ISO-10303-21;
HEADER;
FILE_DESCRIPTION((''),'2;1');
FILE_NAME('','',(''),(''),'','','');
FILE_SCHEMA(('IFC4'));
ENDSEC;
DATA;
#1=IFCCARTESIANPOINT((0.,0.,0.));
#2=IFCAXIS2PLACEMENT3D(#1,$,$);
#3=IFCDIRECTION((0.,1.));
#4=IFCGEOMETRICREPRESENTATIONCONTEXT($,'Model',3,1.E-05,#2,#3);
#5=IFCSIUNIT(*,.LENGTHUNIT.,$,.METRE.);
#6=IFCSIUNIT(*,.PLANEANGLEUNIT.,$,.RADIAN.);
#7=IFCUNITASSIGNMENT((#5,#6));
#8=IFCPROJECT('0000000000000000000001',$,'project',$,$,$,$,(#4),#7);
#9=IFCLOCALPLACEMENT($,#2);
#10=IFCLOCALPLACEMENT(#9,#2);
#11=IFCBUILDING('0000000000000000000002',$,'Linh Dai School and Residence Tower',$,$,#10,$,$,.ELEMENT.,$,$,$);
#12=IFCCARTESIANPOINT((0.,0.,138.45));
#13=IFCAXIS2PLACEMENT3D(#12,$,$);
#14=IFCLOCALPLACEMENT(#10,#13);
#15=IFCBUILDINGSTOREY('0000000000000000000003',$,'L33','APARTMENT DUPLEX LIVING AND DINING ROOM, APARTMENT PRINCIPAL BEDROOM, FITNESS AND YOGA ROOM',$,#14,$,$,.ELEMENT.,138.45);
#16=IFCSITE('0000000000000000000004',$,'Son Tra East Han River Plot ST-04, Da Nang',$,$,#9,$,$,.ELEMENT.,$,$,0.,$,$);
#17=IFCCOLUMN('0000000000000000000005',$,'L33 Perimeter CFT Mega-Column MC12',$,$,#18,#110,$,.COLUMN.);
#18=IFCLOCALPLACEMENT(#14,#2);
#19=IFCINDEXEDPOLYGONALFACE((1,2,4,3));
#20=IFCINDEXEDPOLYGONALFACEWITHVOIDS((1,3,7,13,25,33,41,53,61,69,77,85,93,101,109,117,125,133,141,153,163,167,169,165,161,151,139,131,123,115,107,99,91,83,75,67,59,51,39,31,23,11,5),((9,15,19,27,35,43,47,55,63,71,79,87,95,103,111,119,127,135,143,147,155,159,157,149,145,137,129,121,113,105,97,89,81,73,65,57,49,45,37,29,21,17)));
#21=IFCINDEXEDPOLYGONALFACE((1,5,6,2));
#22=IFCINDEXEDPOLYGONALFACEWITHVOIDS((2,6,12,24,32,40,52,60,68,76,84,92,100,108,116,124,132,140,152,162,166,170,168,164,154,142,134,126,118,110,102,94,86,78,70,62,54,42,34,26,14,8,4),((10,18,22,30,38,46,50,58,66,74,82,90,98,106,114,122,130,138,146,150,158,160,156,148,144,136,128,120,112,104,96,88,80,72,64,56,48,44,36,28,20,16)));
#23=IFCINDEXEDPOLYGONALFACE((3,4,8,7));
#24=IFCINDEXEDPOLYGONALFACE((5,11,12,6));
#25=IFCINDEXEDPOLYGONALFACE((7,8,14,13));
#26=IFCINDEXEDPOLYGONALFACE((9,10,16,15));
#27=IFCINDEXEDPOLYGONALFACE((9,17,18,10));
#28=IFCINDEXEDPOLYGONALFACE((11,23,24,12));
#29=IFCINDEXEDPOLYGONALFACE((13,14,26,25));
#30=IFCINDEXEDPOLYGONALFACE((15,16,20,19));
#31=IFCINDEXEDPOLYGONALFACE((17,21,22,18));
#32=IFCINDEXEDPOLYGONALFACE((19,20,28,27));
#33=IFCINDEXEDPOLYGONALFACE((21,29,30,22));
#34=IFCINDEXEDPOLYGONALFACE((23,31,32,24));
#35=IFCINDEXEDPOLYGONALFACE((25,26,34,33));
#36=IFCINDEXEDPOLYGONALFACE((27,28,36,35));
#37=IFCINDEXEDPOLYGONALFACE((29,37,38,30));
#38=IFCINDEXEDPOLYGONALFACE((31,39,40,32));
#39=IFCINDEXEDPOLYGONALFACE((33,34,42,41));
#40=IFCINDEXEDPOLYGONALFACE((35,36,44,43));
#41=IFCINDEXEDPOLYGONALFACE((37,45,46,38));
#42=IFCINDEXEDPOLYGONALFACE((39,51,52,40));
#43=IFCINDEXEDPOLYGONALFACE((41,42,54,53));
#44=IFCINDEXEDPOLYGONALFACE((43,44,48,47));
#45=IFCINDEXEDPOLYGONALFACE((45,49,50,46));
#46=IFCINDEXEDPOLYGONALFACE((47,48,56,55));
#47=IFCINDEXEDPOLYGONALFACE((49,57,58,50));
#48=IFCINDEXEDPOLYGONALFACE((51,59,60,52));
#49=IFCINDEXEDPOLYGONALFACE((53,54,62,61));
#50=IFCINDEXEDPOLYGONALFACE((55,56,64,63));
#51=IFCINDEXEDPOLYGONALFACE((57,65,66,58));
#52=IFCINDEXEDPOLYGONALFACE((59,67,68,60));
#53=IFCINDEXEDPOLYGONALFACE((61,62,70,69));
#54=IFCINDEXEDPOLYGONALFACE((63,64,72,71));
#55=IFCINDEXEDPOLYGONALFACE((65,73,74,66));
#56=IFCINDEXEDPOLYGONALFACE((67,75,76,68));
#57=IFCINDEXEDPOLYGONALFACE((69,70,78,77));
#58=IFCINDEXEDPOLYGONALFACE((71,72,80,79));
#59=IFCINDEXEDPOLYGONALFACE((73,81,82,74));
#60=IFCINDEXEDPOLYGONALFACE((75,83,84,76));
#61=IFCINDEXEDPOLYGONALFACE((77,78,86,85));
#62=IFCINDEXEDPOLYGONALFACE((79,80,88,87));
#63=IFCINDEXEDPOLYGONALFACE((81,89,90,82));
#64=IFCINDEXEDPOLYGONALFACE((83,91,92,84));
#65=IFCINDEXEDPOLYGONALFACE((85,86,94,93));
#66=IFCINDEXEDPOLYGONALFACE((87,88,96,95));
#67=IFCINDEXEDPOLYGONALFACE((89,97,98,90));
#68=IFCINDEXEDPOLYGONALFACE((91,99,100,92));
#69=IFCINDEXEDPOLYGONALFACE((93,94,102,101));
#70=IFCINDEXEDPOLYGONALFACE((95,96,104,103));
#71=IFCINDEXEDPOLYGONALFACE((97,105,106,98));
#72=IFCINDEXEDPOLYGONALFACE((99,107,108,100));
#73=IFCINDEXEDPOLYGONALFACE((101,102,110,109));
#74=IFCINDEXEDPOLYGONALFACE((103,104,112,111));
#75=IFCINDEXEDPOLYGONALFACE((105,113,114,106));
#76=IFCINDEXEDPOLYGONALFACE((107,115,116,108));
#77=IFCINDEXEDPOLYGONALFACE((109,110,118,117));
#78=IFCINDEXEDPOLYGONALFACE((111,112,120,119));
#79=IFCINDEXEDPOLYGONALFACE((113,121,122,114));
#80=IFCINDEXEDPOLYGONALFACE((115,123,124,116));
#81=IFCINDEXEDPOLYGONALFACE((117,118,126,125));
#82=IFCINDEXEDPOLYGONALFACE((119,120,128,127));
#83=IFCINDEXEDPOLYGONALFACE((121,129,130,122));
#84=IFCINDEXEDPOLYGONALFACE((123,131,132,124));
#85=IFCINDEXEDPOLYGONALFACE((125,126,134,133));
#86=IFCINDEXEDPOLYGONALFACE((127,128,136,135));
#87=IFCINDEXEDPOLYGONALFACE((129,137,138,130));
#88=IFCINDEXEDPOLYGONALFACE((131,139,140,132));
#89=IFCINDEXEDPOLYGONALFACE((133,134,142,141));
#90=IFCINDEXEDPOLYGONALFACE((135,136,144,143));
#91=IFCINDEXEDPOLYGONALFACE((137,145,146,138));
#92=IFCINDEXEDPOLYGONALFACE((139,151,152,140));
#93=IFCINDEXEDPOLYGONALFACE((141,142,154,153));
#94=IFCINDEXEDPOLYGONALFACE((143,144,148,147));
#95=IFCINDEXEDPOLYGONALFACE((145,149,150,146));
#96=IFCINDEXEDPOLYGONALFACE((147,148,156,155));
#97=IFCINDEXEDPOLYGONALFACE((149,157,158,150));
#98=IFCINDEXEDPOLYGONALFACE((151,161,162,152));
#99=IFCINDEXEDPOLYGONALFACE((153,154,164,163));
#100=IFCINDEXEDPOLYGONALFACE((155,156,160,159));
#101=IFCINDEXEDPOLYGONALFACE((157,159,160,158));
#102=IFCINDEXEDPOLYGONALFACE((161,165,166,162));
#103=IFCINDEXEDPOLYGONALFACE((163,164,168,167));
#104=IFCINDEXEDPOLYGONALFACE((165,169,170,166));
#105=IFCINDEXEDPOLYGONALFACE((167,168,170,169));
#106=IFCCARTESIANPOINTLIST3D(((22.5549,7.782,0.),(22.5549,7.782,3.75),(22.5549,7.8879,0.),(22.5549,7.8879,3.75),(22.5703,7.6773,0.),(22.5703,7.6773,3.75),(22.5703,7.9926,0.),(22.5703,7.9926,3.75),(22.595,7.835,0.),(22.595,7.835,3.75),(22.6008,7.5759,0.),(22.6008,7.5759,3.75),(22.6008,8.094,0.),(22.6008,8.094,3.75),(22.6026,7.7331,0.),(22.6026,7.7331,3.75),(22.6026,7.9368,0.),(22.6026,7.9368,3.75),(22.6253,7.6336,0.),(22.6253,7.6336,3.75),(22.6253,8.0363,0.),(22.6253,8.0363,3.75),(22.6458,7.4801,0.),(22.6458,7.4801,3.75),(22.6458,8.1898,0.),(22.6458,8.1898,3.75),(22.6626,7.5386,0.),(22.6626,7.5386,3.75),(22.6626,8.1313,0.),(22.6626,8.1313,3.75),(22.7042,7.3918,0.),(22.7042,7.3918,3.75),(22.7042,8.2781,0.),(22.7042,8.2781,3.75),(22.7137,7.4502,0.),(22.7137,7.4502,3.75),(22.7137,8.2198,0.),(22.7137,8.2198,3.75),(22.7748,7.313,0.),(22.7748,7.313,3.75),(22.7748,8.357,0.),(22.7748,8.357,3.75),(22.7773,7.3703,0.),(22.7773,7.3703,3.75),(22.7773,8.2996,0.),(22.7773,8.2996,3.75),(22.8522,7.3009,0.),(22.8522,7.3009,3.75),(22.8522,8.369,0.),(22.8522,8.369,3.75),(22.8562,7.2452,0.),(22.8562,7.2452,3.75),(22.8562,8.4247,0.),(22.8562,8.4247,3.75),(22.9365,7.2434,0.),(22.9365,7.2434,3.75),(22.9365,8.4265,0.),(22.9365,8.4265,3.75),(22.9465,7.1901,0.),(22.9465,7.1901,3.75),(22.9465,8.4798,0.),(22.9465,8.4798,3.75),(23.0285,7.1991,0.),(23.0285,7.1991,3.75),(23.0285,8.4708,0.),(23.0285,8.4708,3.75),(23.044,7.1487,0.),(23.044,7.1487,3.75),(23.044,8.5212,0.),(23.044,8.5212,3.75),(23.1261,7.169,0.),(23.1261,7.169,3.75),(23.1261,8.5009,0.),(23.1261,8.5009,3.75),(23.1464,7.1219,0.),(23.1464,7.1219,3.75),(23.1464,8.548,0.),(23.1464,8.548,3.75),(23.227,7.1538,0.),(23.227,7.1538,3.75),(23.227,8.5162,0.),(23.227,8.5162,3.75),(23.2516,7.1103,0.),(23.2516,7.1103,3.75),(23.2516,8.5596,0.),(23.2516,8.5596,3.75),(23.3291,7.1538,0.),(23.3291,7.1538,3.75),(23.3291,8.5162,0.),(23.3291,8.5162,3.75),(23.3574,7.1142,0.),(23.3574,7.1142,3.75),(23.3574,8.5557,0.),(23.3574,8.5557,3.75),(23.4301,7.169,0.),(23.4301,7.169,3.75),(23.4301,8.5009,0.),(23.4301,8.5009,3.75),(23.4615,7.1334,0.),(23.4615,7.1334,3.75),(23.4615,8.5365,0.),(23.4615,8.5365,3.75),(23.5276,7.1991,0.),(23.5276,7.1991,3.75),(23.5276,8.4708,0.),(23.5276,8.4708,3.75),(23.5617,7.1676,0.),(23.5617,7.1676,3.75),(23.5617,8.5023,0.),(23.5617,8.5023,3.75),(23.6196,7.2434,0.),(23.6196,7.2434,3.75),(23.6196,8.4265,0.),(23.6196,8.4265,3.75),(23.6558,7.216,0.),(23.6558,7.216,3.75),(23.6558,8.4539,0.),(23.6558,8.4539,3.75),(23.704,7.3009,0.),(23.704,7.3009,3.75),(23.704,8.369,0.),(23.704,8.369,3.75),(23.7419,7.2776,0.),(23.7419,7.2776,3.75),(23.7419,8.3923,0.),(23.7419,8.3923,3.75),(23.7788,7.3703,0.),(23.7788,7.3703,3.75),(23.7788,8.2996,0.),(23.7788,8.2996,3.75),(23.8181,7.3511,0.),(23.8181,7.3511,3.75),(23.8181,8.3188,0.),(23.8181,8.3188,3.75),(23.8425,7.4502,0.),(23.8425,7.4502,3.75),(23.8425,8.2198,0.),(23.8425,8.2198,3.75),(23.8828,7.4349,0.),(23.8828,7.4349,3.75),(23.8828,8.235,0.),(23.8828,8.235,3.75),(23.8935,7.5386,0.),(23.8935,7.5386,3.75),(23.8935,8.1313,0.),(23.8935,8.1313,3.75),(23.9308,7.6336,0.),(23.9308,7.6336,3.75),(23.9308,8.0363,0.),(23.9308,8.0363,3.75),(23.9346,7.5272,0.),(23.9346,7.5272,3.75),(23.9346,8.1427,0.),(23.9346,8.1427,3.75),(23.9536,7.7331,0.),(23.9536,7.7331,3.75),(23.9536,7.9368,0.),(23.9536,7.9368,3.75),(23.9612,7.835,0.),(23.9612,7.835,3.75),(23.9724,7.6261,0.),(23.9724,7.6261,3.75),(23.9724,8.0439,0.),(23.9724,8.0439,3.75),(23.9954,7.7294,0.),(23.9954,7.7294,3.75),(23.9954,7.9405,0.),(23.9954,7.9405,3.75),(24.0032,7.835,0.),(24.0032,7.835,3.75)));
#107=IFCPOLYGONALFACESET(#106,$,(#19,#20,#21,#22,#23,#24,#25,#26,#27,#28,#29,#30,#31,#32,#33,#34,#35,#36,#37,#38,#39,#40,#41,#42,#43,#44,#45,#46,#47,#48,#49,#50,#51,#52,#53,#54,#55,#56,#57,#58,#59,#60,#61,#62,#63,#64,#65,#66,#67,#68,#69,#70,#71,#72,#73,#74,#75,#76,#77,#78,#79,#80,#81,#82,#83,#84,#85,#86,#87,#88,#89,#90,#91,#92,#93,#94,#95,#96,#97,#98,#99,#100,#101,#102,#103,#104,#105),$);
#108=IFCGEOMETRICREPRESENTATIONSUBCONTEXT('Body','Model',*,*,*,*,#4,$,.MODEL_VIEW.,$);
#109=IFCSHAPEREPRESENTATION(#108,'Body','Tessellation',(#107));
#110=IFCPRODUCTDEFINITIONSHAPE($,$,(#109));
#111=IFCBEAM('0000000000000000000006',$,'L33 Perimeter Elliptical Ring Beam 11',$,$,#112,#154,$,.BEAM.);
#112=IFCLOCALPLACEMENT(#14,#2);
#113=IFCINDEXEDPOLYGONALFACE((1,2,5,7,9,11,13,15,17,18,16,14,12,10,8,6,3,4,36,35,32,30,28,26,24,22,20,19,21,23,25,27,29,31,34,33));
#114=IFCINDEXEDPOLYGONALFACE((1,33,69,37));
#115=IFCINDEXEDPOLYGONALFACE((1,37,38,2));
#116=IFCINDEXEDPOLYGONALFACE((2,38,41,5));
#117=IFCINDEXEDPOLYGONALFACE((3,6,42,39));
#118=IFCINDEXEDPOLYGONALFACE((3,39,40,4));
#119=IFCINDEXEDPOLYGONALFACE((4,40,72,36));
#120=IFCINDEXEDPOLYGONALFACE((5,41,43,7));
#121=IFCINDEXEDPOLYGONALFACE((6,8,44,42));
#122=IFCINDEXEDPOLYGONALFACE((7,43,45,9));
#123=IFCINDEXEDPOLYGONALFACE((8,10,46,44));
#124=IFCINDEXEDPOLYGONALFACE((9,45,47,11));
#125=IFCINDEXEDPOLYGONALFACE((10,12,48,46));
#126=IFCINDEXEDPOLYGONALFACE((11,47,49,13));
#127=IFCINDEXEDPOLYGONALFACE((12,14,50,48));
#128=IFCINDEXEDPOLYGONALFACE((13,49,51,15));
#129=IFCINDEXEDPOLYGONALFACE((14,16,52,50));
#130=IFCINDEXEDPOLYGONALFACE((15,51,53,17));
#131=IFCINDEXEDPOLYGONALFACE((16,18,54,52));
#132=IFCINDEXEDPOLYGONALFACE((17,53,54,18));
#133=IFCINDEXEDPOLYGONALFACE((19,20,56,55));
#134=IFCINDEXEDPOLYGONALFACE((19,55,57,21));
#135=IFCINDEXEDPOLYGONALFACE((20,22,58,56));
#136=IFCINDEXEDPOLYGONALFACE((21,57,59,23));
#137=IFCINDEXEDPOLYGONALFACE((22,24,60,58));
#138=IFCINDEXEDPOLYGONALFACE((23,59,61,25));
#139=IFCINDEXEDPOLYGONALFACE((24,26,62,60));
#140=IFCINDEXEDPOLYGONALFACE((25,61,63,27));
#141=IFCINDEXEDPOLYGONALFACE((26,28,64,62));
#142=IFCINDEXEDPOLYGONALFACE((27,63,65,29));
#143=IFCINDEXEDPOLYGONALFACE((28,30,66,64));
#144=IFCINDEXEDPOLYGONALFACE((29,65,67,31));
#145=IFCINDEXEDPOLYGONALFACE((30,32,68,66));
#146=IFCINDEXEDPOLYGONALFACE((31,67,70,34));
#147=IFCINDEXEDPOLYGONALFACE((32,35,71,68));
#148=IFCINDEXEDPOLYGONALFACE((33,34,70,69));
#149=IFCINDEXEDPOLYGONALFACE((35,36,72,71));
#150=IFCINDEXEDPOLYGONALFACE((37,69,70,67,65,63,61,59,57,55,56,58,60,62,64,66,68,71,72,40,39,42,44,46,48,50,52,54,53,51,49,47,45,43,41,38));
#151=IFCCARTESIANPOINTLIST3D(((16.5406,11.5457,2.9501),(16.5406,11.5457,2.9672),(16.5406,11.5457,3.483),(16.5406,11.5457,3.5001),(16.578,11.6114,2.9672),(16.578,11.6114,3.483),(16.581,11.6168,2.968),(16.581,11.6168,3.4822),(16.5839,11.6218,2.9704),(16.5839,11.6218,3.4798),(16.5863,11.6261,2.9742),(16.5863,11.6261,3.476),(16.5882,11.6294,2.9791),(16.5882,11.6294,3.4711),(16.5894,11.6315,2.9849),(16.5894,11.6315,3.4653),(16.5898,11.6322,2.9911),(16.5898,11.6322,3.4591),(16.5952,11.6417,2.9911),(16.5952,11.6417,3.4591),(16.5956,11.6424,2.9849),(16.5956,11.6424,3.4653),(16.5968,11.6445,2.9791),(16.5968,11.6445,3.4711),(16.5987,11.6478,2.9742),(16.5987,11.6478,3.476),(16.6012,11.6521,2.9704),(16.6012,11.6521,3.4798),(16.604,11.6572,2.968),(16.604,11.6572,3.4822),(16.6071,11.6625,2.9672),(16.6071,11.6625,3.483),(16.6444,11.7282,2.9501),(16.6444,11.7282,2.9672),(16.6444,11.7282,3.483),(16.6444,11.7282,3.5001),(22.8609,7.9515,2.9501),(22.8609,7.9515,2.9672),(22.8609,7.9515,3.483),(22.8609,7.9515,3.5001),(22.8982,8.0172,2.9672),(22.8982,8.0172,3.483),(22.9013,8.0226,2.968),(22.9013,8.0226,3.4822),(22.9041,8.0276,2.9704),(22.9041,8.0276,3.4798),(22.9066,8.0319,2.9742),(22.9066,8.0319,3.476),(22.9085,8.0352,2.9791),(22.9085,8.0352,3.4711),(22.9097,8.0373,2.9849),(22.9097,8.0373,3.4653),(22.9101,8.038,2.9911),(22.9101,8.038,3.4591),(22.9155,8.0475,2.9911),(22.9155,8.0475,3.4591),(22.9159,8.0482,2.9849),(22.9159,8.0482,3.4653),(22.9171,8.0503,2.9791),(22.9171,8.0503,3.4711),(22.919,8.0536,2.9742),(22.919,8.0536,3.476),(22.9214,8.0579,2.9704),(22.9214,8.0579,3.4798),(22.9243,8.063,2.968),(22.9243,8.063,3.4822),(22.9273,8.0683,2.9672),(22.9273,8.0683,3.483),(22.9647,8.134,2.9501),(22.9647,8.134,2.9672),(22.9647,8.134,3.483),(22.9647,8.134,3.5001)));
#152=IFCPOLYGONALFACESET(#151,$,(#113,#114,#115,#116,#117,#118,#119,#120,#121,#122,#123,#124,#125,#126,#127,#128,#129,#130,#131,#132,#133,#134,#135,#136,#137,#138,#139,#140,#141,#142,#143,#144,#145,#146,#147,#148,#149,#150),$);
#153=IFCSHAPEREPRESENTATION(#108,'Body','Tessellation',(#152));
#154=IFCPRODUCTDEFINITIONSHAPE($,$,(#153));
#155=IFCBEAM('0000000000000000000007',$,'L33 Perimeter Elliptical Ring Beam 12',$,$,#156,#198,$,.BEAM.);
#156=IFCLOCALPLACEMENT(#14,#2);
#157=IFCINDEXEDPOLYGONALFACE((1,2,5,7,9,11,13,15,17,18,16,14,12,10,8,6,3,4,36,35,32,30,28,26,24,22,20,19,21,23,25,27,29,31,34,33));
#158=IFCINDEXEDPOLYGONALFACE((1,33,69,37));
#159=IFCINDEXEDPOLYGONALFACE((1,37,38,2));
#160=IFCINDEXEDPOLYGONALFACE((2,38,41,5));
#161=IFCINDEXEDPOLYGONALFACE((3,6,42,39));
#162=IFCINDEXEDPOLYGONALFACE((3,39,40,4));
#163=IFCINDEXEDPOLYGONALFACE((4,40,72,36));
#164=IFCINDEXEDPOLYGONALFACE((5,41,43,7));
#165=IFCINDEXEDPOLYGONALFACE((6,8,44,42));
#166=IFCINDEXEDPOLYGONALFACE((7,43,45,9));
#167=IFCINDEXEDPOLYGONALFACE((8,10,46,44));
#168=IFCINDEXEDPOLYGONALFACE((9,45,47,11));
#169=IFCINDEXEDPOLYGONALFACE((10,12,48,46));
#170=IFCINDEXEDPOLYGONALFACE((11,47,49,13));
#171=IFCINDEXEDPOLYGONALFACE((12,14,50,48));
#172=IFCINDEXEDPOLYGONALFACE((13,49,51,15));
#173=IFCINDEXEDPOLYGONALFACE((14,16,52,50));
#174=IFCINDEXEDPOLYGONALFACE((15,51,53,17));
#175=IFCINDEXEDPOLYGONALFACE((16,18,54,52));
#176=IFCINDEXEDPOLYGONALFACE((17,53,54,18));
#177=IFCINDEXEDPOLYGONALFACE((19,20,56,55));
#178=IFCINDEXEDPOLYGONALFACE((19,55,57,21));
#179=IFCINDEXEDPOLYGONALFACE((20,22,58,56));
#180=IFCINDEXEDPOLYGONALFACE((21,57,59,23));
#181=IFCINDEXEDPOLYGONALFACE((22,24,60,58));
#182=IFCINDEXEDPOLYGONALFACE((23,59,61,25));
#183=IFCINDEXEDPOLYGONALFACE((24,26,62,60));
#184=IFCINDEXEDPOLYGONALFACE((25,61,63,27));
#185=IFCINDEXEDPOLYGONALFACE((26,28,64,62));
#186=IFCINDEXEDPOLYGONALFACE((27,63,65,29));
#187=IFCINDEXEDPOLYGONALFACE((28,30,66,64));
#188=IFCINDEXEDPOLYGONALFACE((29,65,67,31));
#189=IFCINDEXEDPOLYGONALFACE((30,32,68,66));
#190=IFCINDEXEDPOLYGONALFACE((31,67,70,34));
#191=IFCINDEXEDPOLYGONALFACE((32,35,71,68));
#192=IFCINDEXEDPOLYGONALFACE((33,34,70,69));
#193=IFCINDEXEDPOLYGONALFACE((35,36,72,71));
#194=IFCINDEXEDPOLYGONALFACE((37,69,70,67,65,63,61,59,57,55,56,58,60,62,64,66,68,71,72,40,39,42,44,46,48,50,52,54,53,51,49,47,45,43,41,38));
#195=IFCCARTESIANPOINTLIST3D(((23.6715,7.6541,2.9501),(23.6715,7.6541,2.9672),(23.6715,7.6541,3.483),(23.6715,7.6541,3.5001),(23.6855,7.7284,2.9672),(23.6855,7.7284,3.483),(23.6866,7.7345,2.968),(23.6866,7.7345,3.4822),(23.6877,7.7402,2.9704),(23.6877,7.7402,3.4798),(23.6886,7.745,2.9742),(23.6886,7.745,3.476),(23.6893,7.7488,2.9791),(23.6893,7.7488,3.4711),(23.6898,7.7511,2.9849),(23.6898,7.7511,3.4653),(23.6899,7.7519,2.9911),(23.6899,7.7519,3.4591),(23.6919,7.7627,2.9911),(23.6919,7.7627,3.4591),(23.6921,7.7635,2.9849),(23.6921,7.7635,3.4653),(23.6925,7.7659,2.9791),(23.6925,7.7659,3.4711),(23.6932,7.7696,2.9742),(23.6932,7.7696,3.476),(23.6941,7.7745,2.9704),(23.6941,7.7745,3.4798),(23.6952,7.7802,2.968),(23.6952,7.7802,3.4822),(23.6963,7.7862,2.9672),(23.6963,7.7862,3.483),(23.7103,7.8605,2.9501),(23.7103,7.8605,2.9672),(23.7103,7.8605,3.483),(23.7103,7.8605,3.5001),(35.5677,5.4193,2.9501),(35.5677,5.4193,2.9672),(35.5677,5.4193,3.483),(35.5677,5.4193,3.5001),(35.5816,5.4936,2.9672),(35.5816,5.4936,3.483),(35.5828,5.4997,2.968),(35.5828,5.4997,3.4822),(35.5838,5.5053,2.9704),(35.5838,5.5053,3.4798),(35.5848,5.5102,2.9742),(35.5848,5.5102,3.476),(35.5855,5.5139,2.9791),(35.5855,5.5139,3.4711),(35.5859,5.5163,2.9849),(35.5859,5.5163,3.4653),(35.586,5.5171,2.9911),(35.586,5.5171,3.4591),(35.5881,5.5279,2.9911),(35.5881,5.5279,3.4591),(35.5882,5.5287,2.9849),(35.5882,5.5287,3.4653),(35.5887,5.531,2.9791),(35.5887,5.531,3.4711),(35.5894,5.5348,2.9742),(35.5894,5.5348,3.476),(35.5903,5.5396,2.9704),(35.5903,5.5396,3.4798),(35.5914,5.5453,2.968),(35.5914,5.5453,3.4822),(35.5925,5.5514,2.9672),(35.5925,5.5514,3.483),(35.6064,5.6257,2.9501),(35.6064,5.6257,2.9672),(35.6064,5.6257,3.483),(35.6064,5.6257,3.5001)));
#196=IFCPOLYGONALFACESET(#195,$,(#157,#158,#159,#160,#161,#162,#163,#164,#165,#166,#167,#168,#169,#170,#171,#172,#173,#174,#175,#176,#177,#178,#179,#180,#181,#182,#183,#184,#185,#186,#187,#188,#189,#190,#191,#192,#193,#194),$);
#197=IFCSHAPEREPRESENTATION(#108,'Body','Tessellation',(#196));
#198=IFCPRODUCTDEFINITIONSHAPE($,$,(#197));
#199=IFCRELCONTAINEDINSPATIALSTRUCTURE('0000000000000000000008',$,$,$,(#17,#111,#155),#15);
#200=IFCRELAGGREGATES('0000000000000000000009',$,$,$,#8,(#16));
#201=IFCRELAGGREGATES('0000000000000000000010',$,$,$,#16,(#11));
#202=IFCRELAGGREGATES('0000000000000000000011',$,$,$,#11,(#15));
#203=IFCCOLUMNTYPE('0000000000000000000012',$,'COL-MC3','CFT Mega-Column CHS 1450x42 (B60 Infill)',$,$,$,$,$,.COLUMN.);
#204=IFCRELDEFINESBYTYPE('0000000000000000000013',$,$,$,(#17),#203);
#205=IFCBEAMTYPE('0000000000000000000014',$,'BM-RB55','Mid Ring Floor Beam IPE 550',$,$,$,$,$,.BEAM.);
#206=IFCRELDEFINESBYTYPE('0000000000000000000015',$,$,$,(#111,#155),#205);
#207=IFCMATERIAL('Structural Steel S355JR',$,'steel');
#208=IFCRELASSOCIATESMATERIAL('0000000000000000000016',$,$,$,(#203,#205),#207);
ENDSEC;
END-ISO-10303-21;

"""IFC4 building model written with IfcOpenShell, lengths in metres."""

from ifc_helpers import new_model, si_unit, direction, frame, origin, origin_2d, place, context, subcontext, project, spatial, hollow_circle, i_section, extrude, material, material_profile, profile_set, type_object, element, save


model = new_model("IFC4")

# Units and contexts
model_context = context("Model", 3, precision=1e-05, world=origin(), true_north=direction((0.0, 1.0)))
body_context = subcontext(model_context, "Body", "Model", "MODEL_VIEW")
ifc_project = project(units=[si_unit("LENGTHUNIT", "METRE"), si_unit("PLANEANGLEUNIT", "RADIAN")], contexts=[model_context])

# Site, building, storey
site_placement = place(None, origin())
site = spatial("IfcSite", under=ifc_project, at=site_placement, Name="Son Tra East Han River Plot ST-04, Da Nang", CompositionType="ELEMENT", RefElevation=0.0)
building_placement = place(site_placement, origin())
building = spatial("IfcBuilding", under=site, at=building_placement, Name="Linh Dai School and Residence Tower", CompositionType="ELEMENT")
storey_placement = place(building_placement, frame((0.0, 0.0, 138.45)))
storey = spatial("IfcBuildingStorey", under=building, at=storey_placement, Name="L33", Description="APARTMENT DUPLEX LIVING AND DINING ROOM, APARTMENT PRINCIPAL BEDROOM, FITNESS AND YOGA ROOM", CompositionType="ELEMENT", Elevation=138.45)

# Column
ifc_material_1 = material(Name="Structural Steel S355JR", Category="steel")
ifc_material_profile_1 = material_profile(ifc_material_1, hollow_circle(Radius=0.7251, WallThickness=0.042, at=origin_2d()), Name="CHS 1450x42")
ifc_profile_set_1 = profile_set([ifc_material_profile_1], Name="Structural Steel S355JR")
column_type_1 = type_object("IfcColumnType", Name="COL-MC3", Description="CFT Mega-Column CHS 1450x42 (B60 Infill)", PredefinedType="COLUMN", material=ifc_profile_set_1)
for number, where, z_axis, x_axis, name in (
    (1, (23.2781, 7.835, 0.0), (0.0, 0.0, 1.0), (1.0, 0.0, 0.0), "L33 Perimeter CFT Mega-Column MC12"),
):
    element("IfcColumn", number, at=place(storey_placement, frame(where, z_axis=z_axis, x_axis=x_axis)), inside=storey, type_object=column_type_1, Name=name, PredefinedType="COLUMN", context=body_context, shape_type="SweptSolid", body=[
        extrude(hollow_circle(Radius=0.7251, WallThickness=0.042, at=origin_2d()), origin(), (0.0, 0.0, 1.0), 3.75),
    ])

# Beams
ifc_material_profile_2 = material_profile(ifc_material_1, i_section(OverallWidth=0.21, OverallDepth=0.55, WebThickness=0.011, FlangeThickness=0.0171, FilletRadius=0.0239, at=origin_2d()), Name="IPE 550")
ifc_profile_set_2 = profile_set([ifc_material_profile_2], Name="Structural Steel S355JR")
beam_type_1 = type_object("IfcBeamType", Name="BM-RB55", Description="Mid Ring Floor Beam IPE 550", PredefinedType="BEAM", material=ifc_profile_set_2)
beam_1_placement = place(storey_placement, frame((16.5925, 11.637, 3.2251), z_axis=(0.86927, -0.494337, 0.0), x_axis=(0.494337, 0.86927, 0.0)))
element("IfcBeam", 2, at=beam_1_placement, inside=storey, type_object=beam_type_1, Name="L33 Perimeter Elliptical Ring Beam 11", PredefinedType="BEAM", context=body_context, shape_type="SweptSolid", body=[
    extrude(i_section(OverallWidth=0.21, OverallDepth=0.55, WebThickness=0.011, FlangeThickness=0.0171, FilletRadius=0.0239, at=origin_2d()), origin(), (0.0, 0.0, 1.0), 7.2708),
])
beam_2_placement = place(storey_placement, frame((23.6909, 7.7573, 3.2251), z_axis=(0.982808, -0.184633, 0.0), x_axis=(0.184633, 0.982808, 0.0)))
element("IfcBeam", 3, at=beam_2_placement, inside=storey, type_object=beam_type_1, Name="L33 Perimeter Elliptical Ring Beam 12", PredefinedType="BEAM", context=body_context, shape_type="SweptSolid", body=[
    extrude(i_section(OverallWidth=0.21, OverallDepth=0.55, WebThickness=0.011, FlangeThickness=0.0171, FilletRadius=0.0239, at=origin_2d()), origin(), (0.0, 0.0, 1.0), 12.1042),
])

save(model, "model.ifc")
